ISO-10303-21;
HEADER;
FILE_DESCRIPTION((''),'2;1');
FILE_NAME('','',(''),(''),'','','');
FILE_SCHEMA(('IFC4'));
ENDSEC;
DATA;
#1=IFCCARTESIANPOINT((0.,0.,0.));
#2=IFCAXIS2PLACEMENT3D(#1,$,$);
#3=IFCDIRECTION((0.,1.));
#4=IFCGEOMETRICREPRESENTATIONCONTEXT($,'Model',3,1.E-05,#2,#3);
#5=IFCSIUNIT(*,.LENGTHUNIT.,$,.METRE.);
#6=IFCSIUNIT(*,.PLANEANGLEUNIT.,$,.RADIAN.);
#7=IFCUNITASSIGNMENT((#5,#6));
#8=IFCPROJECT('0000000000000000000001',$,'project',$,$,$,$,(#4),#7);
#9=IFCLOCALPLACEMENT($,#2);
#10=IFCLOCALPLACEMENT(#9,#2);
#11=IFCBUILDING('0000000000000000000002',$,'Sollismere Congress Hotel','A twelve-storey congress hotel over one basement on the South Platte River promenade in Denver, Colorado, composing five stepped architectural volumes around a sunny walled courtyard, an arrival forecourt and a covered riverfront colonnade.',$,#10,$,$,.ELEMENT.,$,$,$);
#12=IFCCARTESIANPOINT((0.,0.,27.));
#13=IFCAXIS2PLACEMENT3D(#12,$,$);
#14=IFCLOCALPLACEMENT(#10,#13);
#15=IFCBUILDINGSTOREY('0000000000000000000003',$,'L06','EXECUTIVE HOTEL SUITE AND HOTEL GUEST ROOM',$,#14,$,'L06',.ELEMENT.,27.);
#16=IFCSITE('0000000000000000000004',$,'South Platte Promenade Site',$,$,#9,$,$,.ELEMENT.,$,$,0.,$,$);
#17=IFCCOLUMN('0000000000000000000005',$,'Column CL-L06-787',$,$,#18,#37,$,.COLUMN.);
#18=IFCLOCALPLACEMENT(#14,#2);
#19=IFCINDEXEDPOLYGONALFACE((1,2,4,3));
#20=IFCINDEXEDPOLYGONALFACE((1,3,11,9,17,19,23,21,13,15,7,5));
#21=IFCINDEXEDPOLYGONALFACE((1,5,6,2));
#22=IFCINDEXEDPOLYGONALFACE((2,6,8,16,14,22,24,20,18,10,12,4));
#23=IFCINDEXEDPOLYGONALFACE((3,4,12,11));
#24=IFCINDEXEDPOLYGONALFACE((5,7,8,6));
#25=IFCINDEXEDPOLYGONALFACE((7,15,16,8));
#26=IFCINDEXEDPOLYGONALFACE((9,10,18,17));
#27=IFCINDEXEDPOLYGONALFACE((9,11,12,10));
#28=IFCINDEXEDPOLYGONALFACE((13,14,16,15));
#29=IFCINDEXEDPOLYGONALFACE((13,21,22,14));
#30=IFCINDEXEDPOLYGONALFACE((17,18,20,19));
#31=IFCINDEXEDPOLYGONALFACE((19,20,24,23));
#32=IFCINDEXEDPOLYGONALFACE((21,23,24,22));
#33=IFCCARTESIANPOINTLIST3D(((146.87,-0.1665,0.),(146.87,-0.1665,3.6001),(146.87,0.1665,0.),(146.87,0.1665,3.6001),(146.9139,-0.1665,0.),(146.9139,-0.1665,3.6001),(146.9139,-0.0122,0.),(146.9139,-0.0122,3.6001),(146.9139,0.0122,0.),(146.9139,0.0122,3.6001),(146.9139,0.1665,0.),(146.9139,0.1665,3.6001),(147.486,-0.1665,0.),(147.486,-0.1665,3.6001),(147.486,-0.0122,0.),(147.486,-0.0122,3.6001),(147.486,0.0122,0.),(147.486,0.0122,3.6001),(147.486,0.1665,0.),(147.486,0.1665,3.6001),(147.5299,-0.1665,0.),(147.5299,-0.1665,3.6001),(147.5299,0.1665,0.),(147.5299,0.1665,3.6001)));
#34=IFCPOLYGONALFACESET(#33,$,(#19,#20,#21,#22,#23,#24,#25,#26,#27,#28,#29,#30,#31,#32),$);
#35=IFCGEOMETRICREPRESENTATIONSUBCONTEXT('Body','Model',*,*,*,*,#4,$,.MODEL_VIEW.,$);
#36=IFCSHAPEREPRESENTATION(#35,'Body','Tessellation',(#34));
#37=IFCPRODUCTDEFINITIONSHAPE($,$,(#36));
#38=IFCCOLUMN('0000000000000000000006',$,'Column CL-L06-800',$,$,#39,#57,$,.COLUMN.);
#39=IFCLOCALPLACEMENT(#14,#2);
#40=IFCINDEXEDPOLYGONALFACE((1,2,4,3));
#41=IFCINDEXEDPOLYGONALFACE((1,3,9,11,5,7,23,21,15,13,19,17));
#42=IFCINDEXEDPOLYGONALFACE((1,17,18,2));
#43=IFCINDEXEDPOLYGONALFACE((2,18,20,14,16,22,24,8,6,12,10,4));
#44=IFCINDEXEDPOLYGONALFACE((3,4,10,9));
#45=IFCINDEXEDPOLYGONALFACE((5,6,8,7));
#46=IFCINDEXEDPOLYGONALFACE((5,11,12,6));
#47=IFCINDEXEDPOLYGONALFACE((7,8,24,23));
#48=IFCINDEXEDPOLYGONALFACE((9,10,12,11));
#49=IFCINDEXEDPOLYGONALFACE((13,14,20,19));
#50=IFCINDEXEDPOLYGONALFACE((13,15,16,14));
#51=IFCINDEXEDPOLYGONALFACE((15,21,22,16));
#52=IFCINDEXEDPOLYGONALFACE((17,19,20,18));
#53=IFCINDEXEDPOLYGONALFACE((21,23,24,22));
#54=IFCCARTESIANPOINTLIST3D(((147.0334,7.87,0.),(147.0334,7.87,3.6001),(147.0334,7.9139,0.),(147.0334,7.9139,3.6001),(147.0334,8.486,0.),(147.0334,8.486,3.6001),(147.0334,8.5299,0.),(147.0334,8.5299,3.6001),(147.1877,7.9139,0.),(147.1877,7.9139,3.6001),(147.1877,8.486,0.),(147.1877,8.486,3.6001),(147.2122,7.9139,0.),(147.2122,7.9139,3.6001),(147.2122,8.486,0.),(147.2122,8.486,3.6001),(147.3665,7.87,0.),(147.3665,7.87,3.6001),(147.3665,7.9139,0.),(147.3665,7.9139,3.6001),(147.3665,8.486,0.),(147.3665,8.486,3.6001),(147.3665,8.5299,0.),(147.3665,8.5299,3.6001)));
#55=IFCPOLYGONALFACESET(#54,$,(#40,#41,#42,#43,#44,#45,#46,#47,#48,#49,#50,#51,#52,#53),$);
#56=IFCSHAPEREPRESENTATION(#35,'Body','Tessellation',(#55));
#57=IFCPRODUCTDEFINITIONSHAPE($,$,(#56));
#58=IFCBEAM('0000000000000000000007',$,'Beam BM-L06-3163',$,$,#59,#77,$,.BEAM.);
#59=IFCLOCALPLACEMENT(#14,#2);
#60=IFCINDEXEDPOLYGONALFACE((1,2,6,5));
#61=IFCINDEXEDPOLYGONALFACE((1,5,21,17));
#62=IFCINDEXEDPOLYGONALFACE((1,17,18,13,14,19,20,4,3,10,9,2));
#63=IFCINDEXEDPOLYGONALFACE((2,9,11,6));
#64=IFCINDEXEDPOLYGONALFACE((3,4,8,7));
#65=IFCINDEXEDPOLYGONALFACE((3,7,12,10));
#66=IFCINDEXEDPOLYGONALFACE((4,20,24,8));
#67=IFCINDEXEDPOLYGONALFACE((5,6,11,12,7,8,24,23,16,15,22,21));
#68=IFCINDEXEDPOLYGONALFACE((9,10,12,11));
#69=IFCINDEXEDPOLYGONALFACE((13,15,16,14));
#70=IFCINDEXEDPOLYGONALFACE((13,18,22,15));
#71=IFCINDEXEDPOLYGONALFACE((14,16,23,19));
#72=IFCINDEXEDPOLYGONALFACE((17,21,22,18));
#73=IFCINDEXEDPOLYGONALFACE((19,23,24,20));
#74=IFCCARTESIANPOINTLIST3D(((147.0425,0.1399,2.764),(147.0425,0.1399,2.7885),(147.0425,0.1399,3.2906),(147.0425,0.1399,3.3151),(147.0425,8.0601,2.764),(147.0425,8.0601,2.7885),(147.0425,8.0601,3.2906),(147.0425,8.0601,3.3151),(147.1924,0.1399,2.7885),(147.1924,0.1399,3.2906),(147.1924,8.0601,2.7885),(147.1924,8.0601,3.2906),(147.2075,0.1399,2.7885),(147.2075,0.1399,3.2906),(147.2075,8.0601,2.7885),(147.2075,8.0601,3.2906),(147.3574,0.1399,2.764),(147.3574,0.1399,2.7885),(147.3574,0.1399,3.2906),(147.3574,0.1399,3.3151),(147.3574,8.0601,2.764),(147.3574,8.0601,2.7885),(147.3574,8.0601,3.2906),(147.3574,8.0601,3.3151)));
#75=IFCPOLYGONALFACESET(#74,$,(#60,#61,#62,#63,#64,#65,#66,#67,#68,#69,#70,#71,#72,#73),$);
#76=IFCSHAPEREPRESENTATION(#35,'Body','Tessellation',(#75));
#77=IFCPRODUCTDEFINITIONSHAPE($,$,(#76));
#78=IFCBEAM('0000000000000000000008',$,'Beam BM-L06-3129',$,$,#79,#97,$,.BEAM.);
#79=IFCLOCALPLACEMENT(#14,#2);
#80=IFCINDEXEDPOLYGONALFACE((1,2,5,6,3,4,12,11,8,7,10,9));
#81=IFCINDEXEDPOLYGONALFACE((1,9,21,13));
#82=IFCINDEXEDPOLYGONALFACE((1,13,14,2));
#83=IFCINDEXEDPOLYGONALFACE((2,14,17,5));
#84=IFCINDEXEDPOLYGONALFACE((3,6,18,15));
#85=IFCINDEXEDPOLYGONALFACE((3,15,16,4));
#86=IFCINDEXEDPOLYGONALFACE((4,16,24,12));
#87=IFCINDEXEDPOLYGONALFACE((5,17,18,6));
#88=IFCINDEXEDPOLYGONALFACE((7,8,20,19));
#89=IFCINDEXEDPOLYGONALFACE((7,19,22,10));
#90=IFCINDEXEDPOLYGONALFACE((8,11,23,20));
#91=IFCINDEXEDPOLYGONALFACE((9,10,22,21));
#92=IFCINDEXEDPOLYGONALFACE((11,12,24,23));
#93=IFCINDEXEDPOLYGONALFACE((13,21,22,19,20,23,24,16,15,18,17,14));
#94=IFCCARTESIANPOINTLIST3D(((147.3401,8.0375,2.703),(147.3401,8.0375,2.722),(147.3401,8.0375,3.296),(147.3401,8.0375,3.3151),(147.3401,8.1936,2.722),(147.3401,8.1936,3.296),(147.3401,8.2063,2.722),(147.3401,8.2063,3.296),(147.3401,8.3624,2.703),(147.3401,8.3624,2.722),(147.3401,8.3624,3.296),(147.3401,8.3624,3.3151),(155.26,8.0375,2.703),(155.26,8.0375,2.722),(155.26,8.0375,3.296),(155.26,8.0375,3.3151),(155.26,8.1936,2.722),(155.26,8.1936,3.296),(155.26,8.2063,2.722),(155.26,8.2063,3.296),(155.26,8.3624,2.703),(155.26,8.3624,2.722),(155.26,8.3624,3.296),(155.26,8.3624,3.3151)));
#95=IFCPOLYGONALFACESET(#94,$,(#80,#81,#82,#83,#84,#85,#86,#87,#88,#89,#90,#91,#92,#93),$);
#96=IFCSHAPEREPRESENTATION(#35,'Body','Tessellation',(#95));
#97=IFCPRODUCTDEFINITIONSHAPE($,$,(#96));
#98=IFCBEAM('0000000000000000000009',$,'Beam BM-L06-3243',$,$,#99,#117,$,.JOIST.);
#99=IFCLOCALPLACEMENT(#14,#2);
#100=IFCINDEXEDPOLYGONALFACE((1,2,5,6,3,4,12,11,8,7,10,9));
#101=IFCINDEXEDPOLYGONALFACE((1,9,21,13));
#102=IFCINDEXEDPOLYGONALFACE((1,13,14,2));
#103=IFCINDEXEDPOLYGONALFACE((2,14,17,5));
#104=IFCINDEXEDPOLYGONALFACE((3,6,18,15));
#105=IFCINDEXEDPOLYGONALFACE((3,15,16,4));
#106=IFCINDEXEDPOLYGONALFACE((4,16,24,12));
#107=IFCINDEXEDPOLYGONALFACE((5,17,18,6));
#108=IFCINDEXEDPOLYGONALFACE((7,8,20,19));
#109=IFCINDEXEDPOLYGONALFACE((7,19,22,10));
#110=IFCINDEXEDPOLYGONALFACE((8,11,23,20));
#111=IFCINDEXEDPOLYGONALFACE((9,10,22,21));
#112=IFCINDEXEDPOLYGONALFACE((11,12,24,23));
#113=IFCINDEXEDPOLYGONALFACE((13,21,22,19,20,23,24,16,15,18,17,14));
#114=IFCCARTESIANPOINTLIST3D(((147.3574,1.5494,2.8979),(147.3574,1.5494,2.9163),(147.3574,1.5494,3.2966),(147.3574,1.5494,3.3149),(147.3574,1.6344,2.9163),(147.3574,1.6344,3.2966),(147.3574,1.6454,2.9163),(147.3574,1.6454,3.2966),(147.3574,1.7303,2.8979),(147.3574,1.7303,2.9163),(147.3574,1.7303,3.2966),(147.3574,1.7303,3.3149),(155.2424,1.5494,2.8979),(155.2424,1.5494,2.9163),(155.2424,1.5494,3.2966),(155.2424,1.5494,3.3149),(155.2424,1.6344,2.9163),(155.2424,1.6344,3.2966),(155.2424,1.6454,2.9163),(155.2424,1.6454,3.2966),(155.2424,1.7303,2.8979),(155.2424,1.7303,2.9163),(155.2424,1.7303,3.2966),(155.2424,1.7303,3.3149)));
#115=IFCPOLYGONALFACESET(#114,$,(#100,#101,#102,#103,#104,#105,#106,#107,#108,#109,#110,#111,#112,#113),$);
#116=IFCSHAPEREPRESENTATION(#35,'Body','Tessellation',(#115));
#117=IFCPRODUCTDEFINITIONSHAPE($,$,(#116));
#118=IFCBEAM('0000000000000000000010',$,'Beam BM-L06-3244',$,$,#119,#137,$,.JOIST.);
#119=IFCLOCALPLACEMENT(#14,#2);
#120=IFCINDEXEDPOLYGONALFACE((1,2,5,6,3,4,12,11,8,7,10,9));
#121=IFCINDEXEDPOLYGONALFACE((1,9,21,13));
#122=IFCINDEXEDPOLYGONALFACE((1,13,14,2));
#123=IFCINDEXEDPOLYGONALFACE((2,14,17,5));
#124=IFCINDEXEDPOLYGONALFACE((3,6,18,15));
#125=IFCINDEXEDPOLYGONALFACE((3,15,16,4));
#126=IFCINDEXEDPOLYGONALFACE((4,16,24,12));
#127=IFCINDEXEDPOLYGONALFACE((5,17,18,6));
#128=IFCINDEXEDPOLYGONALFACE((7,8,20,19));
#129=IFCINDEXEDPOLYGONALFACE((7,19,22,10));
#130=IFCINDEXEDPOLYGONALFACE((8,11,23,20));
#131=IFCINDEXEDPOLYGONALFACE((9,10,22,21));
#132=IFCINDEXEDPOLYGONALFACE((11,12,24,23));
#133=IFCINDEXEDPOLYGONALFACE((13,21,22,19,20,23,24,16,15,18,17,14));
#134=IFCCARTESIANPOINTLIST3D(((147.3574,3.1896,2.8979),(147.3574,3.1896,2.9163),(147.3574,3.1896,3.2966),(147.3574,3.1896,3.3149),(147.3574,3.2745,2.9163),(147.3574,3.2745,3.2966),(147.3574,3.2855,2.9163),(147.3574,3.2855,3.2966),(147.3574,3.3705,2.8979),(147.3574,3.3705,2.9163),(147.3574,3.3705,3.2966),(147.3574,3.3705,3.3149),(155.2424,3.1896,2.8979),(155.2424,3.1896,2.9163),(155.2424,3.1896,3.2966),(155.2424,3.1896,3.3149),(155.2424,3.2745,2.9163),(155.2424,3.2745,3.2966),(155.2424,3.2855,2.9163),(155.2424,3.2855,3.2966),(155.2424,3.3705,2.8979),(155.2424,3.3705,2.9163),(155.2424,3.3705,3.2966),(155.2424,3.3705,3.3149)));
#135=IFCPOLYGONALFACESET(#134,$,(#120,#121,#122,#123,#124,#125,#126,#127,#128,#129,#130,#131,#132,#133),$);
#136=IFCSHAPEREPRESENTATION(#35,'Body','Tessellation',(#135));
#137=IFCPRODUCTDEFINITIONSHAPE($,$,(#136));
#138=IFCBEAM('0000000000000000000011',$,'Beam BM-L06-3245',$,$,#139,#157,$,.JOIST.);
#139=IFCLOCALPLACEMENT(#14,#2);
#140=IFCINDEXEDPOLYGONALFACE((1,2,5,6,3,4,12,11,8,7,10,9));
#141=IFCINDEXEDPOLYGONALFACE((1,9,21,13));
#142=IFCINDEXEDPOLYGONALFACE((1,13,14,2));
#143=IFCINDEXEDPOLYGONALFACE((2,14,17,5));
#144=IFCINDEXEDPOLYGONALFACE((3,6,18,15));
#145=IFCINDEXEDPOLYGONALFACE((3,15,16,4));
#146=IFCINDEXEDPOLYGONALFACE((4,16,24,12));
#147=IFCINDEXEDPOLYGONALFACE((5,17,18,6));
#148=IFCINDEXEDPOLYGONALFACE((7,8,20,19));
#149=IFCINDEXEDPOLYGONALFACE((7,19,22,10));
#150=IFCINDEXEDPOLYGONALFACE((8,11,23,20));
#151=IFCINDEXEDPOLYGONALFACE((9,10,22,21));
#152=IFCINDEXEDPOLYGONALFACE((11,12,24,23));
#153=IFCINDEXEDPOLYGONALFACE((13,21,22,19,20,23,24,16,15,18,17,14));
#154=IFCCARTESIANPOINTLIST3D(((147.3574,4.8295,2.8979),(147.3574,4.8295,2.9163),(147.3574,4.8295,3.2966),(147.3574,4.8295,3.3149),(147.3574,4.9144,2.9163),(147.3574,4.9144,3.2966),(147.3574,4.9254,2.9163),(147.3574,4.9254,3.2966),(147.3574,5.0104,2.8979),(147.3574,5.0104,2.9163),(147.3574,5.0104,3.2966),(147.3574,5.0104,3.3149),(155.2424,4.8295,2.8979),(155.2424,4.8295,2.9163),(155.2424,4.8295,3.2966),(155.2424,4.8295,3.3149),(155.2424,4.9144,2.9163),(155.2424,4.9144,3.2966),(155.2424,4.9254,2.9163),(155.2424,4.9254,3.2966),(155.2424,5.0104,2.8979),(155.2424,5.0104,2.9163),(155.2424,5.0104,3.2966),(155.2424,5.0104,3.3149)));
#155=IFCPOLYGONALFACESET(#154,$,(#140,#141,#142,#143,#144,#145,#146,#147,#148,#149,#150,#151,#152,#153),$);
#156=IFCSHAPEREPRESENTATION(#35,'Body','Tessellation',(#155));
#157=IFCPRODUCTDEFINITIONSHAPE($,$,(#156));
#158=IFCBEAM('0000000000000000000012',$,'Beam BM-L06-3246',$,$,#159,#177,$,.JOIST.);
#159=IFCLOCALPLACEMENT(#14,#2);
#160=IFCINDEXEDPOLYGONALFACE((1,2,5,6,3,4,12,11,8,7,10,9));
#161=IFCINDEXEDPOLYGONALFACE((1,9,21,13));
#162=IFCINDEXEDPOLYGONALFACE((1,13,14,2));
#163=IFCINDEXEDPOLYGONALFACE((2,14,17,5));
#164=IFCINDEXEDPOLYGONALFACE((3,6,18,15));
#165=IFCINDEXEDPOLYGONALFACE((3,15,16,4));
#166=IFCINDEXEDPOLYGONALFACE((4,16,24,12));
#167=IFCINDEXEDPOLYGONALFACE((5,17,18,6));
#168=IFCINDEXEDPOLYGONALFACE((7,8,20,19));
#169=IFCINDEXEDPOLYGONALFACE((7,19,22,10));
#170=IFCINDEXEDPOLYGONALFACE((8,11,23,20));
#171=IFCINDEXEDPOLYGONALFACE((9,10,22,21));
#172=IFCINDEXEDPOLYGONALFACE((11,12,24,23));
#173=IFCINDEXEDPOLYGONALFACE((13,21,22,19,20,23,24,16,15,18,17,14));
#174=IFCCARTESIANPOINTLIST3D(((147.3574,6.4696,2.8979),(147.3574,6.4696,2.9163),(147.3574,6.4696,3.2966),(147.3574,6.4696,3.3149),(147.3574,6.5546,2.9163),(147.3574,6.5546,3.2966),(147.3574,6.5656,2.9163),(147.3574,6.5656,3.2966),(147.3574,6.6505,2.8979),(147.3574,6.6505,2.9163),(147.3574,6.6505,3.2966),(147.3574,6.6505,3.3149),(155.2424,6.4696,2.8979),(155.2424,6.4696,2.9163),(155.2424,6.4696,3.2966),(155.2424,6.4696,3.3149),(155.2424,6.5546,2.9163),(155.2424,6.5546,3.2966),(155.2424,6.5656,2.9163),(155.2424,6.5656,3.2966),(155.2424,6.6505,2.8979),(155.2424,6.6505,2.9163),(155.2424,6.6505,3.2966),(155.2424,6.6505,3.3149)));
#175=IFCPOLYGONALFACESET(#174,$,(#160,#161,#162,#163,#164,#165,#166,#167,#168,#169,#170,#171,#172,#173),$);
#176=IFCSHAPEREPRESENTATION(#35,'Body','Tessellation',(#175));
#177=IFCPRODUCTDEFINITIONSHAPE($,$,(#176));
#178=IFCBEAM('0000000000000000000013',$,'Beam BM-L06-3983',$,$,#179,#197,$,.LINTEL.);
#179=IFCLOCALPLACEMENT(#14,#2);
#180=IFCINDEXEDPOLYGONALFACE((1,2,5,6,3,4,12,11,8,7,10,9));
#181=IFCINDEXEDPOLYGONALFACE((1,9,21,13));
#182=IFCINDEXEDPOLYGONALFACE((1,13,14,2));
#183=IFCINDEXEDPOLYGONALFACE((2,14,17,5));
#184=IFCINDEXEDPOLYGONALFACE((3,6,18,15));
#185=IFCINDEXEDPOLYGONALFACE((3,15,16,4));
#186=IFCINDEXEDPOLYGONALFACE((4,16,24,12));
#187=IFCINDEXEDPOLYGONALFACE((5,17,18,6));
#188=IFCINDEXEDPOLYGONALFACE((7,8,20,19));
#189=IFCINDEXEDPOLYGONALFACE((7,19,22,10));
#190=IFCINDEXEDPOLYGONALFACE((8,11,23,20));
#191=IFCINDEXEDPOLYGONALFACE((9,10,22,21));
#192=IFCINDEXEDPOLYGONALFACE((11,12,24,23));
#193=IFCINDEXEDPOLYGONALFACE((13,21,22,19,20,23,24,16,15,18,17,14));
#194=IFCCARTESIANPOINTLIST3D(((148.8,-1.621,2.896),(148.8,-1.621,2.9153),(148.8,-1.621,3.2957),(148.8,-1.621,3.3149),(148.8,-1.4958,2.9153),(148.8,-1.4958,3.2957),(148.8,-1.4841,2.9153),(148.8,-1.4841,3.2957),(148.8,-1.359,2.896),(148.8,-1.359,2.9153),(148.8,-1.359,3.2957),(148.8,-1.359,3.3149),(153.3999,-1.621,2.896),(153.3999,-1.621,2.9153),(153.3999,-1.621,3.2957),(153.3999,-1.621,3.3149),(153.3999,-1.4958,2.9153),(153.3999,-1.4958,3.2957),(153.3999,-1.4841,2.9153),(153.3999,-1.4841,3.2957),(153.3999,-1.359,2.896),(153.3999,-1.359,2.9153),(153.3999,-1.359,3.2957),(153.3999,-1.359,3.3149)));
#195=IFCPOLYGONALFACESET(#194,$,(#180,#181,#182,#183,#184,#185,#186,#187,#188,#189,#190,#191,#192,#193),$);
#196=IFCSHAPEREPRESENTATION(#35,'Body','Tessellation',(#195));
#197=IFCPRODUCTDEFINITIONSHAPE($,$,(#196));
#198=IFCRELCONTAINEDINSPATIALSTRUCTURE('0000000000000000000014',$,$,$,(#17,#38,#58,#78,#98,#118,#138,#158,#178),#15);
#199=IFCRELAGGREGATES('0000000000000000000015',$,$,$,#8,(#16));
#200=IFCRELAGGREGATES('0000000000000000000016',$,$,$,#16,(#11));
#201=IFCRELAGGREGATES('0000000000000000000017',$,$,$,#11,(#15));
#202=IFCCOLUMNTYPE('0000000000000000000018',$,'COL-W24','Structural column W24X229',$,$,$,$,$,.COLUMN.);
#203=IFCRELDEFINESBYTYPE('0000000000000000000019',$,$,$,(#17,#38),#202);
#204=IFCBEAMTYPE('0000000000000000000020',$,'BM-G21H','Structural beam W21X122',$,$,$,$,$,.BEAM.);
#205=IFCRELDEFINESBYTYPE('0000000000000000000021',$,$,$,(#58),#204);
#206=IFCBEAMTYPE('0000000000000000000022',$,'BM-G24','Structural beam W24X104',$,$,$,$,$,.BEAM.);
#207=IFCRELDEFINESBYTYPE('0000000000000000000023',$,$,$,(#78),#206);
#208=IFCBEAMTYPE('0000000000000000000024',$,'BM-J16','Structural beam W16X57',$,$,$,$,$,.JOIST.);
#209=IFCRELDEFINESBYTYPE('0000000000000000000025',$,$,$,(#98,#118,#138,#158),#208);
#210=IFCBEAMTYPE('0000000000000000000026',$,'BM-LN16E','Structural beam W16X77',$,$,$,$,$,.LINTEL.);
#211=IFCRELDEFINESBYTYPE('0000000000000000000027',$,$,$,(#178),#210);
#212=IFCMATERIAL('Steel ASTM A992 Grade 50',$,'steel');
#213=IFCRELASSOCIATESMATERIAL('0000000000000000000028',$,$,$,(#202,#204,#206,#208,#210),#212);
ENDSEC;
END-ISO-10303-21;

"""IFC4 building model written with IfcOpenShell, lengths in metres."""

from ifc_helpers import new_model, si_unit, direction, frame, origin, origin_2d, place, context, subcontext, project, spatial, i_section, extrude, material, material_profile, profile_set, type_object, element, save


model = new_model("IFC4")

# Units and contexts
model_context = context("Model", 3, precision=1e-05, world=origin(), true_north=direction((0.0, 1.0)))
body_context = subcontext(model_context, "Body", "Model", "MODEL_VIEW")
ifc_project = project(units=[si_unit("LENGTHUNIT", "METRE"), si_unit("PLANEANGLEUNIT", "RADIAN")], contexts=[model_context])

# Site, building, storey
site_placement = place(None, origin())
site = spatial("IfcSite", under=ifc_project, at=site_placement, Name="South Platte Promenade Site", CompositionType="ELEMENT", RefElevation=0.0)
building_placement = place(site_placement, origin())
building = spatial("IfcBuilding", under=site, at=building_placement, Name="Sollismere Congress Hotel", Description="A twelve-storey congress hotel over one basement on the South Platte River promenade in Denver, Colorado, composing five stepped architectural volumes around a sunny walled courtyard, an arrival forecourt and a covered riverfront colonnade.", CompositionType="ELEMENT")
storey_placement = place(building_placement, frame((0.0, 0.0, 27.0)))
storey = spatial("IfcBuildingStorey", under=building, at=storey_placement, Name="L06", Description="EXECUTIVE HOTEL SUITE AND HOTEL GUEST ROOM", LongName="L06", CompositionType="ELEMENT", Elevation=27.0)

# Columns
ifc_material_1 = material(Name="Steel ASTM A992 Grade 50", Category="steel")
ifc_material_profile_1 = material_profile(ifc_material_1, i_section(OverallWidth=0.333, OverallDepth=0.6599, WebThickness=0.0244, FlangeThickness=0.0439, at=origin_2d()), Name="W24X229")
ifc_profile_set_1 = profile_set([ifc_material_profile_1], Name="Steel ASTM A992 Grade 50")
column_type = type_object("IfcColumnType", Name="COL-W24", Description="Structural column W24X229", PredefinedType="COLUMN", material=ifc_profile_set_1)
for number, where, z_axis, x_axis, name in (
    (1, (147.2, 0.0, 0.0), (0.0, 0.0, 1.0), (0.0, 1.0, 0.0), "Column CL-L06-787"),
    (2, (147.2, 8.2, 0.0), (0.0, 0.0, 1.0), (1.0, 0.0, 0.0), "Column CL-L06-800"),
):
    element("IfcColumn", number, at=place(storey_placement, frame(where, z_axis=z_axis, x_axis=x_axis)), inside=storey, type_object=column_type, Name=name, PredefinedType="COLUMN", context=body_context, shape_type="SweptSolid", body=[
        extrude(i_section(OverallWidth=0.333, OverallDepth=0.6599, WebThickness=0.0244, FlangeThickness=0.0439, at=origin_2d()), origin(), (0.0, 0.0, 1.0), 3.6001),
    ])

# Beams
ifc_material_profile_2 = material_profile(ifc_material_1, i_section(OverallWidth=0.3149, OverallDepth=0.551, WebThickness=0.0151, FlangeThickness=0.0244, at=origin_2d()), Name="W21X122")
ifc_profile_set_2 = profile_set([ifc_material_profile_2], Name="Steel ASTM A992 Grade 50")
beam_type_1 = type_object("IfcBeamType", Name="BM-G21H", Description="Structural beam W21X122", PredefinedType="BEAM", material=ifc_profile_set_2)
beam_1_placement = place(storey_placement, frame((147.2, 0.1399, 3.0396), z_axis=(0.0, 1.0, 0.0), x_axis=(-1.0, 0.0, 0.0)))
element("IfcBeam", 3, at=beam_1_placement, inside=storey, type_object=beam_type_1, Name="Beam BM-L06-3163", PredefinedType="BEAM", context=body_context, shape_type="SweptSolid", body=[
    extrude(i_section(OverallWidth=0.3149, OverallDepth=0.551, WebThickness=0.0151, FlangeThickness=0.0244, at=origin_2d()), origin(), (0.0, 0.0, 1.0), 7.9202),
])
ifc_material_profile_3 = material_profile(ifc_material_1, i_section(OverallWidth=0.325, OverallDepth=0.6121, WebThickness=0.0127, FlangeThickness=0.019, at=origin_2d()), Name="W24X104")
ifc_profile_set_3 = profile_set([ifc_material_profile_3], Name="Steel ASTM A992 Grade 50")
beam_type_2 = type_object("IfcBeamType", Name="BM-G24", Description="Structural beam W24X104", PredefinedType="BEAM", material=ifc_profile_set_3)
beam_2_placement = place(storey_placement, frame((147.3401, 8.2, 3.009), z_axis=(1.0, 0.0, 0.0), x_axis=(0.0, 1.0, 0.0)))
element("IfcBeam", 4, at=beam_2_placement, inside=storey, type_object=beam_type_2, Name="Beam BM-L06-3129", PredefinedType="BEAM", context=body_context, shape_type="SweptSolid", body=[
    extrude(i_section(OverallWidth=0.325, OverallDepth=0.6121, WebThickness=0.0127, FlangeThickness=0.019, at=origin_2d()), origin(), (0.0, 0.0, 1.0), 7.9199),
])
ifc_material_profile_4 = material_profile(ifc_material_1, i_section(OverallWidth=0.1809, OverallDepth=0.417, WebThickness=0.011, FlangeThickness=0.0183, at=origin_2d()), Name="W16X57")
ifc_profile_set_4 = profile_set([ifc_material_profile_4], Name="Steel ASTM A992 Grade 50")
beam_type_3 = type_object("IfcBeamType", Name="BM-J16", Description="Structural beam W16X57", PredefinedType="JOIST", material=ifc_profile_set_4)
for number, where, z_axis, x_axis, name in (
    (5, (147.3574, 1.6399, 3.1064), (1.0, 0.0, 0.0), (0.0, 1.0, 0.0), "Beam BM-L06-3243"),
    (6, (147.3574, 3.28, 3.1064), (1.0, 0.0, 0.0), (0.0, 1.0, 0.0), "Beam BM-L06-3244"),
    (7, (147.3574, 4.9199, 3.1064), (1.0, 0.0, 0.0), (0.0, 1.0, 0.0), "Beam BM-L06-3245"),
    (8, (147.3574, 6.5601, 3.1064), (1.0, 0.0, 0.0), (0.0, 1.0, 0.0), "Beam BM-L06-3246"),
):
    element("IfcBeam", number, at=place(storey_placement, frame(where, z_axis=z_axis, x_axis=x_axis)), inside=storey, type_object=beam_type_3, Name=name, PredefinedType="JOIST", context=body_context, shape_type="SweptSolid", body=[
        extrude(i_section(OverallWidth=0.1809, OverallDepth=0.417, WebThickness=0.011, FlangeThickness=0.0183, at=origin_2d()), origin(), (0.0, 0.0, 1.0), 7.885),
    ])
ifc_material_profile_5 = material_profile(ifc_material_1, i_section(OverallWidth=0.262, OverallDepth=0.4189, WebThickness=0.0117, FlangeThickness=0.0193, at=origin_2d()), Name="W16X77")
ifc_profile_set_5 = profile_set([ifc_material_profile_5], Name="Steel ASTM A992 Grade 50")
beam_type_4 = type_object("IfcBeamType", Name="BM-LN16E", Description="Structural beam W16X77", PredefinedType="LINTEL", material=ifc_profile_set_5)
beam_3_placement = place(storey_placement, frame((148.8, -1.49, 3.1055), z_axis=(1.0, 0.0, 0.0), x_axis=(0.0, 1.0, 0.0)))
element("IfcBeam", 9, at=beam_3_placement, inside=storey, type_object=beam_type_4, Name="Beam BM-L06-3983", PredefinedType="LINTEL", context=body_context, shape_type="SweptSolid", body=[
    extrude(i_section(OverallWidth=0.262, OverallDepth=0.4189, WebThickness=0.0117, FlangeThickness=0.0193, at=origin_2d()), origin(), (0.0, 0.0, 1.0), 4.5999),
])

save(model, "model.ifc")
